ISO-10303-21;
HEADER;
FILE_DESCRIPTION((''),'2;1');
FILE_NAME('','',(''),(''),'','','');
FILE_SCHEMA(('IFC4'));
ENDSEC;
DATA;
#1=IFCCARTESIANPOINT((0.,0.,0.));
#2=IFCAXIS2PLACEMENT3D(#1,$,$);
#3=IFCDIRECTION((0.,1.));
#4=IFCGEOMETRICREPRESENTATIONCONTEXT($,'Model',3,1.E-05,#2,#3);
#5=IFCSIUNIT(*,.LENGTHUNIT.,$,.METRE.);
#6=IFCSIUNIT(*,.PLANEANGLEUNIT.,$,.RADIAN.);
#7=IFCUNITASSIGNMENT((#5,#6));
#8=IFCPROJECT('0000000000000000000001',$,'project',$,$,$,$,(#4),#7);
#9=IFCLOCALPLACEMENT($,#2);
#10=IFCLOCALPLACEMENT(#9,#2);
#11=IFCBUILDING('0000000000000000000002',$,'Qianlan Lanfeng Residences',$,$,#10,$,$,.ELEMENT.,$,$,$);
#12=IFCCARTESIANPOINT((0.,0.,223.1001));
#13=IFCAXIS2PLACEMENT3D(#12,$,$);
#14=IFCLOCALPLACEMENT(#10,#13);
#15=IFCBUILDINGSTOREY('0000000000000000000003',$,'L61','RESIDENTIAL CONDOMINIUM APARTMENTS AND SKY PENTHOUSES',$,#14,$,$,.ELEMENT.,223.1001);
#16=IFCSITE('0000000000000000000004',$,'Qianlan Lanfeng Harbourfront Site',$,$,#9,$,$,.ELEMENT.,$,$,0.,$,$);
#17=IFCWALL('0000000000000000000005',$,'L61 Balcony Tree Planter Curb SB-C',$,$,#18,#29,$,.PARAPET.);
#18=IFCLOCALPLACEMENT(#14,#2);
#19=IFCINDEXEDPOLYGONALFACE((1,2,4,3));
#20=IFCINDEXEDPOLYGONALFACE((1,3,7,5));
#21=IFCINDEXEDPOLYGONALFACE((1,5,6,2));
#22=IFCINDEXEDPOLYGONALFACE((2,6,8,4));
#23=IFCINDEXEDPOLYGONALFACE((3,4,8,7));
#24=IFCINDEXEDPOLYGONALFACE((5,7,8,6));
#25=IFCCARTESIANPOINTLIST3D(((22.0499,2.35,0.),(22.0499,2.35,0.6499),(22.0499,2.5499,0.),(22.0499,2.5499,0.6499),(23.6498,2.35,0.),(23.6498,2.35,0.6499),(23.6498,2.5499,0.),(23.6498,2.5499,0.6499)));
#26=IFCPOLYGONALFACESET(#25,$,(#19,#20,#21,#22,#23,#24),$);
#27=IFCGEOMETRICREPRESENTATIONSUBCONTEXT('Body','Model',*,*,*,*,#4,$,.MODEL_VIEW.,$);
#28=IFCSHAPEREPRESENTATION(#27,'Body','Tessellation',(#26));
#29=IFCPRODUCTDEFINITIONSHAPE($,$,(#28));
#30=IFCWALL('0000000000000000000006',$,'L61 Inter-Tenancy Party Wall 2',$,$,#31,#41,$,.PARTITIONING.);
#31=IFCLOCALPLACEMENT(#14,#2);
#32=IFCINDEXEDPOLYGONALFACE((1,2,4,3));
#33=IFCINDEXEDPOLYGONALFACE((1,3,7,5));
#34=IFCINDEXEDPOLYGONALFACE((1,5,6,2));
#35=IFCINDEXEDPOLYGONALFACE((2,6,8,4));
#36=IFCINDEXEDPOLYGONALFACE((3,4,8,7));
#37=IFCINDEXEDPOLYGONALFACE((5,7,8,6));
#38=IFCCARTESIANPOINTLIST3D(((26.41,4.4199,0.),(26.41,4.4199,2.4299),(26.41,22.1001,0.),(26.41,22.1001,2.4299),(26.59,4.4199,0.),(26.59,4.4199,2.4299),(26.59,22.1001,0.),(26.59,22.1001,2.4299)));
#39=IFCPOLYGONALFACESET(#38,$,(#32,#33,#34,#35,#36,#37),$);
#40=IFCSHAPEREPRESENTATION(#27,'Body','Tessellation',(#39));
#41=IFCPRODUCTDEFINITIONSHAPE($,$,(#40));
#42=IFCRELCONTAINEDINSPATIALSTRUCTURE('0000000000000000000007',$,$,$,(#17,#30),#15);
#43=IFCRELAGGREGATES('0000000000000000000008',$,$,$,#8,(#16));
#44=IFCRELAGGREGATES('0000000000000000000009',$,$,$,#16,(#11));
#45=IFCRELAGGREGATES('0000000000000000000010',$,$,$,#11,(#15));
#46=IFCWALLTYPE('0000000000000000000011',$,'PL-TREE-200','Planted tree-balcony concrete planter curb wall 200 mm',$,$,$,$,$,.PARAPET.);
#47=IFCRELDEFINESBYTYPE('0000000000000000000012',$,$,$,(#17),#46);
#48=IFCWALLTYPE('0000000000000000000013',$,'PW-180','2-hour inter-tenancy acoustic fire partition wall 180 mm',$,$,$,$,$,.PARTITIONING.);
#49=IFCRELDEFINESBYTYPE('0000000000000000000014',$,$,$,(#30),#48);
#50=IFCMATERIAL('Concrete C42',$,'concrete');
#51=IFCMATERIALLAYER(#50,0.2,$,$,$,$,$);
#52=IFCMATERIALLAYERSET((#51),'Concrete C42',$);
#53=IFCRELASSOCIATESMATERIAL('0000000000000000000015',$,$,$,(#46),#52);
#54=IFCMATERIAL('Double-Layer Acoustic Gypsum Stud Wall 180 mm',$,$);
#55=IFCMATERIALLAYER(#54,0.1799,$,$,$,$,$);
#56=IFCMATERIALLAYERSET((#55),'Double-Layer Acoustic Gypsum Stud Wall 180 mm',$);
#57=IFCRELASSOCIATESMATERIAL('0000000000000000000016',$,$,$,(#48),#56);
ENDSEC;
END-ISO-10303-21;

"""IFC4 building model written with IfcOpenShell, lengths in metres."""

from ifc_helpers import new_model, si_unit, direction, frame, frame_2d, origin, place, context, subcontext, project, spatial, rectangle, extrude, material, layer, layer_set, type_object, element, save


model = new_model("IFC4")

# Units and contexts
model_context = context("Model", 3, precision=1e-05, world=origin(), true_north=direction((0.0, 1.0)))
body_context = subcontext(model_context, "Body", "Model", "MODEL_VIEW")
ifc_project = project(units=[si_unit("LENGTHUNIT", "METRE"), si_unit("PLANEANGLEUNIT", "RADIAN")], contexts=[model_context])

# Site, building, storey
site_placement = place(None, origin())
site = spatial("IfcSite", under=ifc_project, at=site_placement, Name="Qianlan Lanfeng Harbourfront Site", CompositionType="ELEMENT", RefElevation=0.0)
building_placement = place(site_placement, origin())
building = spatial("IfcBuilding", under=site, at=building_placement, Name="Qianlan Lanfeng Residences", CompositionType="ELEMENT")
storey_placement = place(building_placement, frame((0.0, 0.0, 223.1001)))
storey = spatial("IfcBuildingStorey", under=building, at=storey_placement, Name="L61", Description="RESIDENTIAL CONDOMINIUM APARTMENTS AND SKY PENTHOUSES", CompositionType="ELEMENT", Elevation=223.1001)

# Walls
ifc_material_1 = material(Name="Concrete C42", Category="concrete")
ifc_layer_1 = layer(ifc_material_1, 0.2)
ifc_layer_set_1 = layer_set([ifc_layer_1], Name="Concrete C42")
wall_type_1 = type_object("IfcWallType", Name="PL-TREE-200", Description="Planted tree-balcony concrete planter curb wall 200 mm", PredefinedType="PARAPET", material=ifc_layer_set_1)
wall_1_placement = place(storey_placement, frame((22.05, 2.45, 0.0), z_axis=(0.0, 0.0, 1.0), x_axis=(1.0, 0.0, 0.0)))
element("IfcWall", 1, at=wall_1_placement, inside=storey, type_object=wall_type_1, Name="L61 Balcony Tree Planter Curb SB-C", PredefinedType="PARAPET", context=body_context, shape_type="SweptSolid", body=[
    extrude(rectangle(XDim=1.5999, YDim=0.2, at=frame_2d((0.7998, 0.0))), origin(), (0.0, 0.0, 1.0), 0.6499),
])
ifc_material_2 = material(Name="Double-Layer Acoustic Gypsum Stud Wall 180 mm")
ifc_layer_2 = layer(ifc_material_2, 0.1799)
ifc_layer_set_2 = layer_set([ifc_layer_2], Name="Double-Layer Acoustic Gypsum Stud Wall 180 mm")
wall_type_2 = type_object("IfcWallType", Name="PW-180", Description="2-hour inter-tenancy acoustic fire partition wall 180 mm", PredefinedType="PARTITIONING", material=ifc_layer_set_2)
wall_2_placement = place(storey_placement, frame((26.5, 4.4199, 0.0), z_axis=(0.0, 0.0, 1.0), x_axis=(0.0, 1.0, 0.0)))
element("IfcWall", 2, at=wall_2_placement, inside=storey, type_object=wall_type_2, Name="L61 Inter-Tenancy Party Wall 2", PredefinedType="PARTITIONING", context=body_context, shape_type="SweptSolid", body=[
    extrude(rectangle(XDim=17.6802, YDim=0.1799, at=frame_2d((8.8401, 0.0))), origin(), (0.0, 0.0, 1.0), 2.4299),
])

save(model, "model.ifc")
